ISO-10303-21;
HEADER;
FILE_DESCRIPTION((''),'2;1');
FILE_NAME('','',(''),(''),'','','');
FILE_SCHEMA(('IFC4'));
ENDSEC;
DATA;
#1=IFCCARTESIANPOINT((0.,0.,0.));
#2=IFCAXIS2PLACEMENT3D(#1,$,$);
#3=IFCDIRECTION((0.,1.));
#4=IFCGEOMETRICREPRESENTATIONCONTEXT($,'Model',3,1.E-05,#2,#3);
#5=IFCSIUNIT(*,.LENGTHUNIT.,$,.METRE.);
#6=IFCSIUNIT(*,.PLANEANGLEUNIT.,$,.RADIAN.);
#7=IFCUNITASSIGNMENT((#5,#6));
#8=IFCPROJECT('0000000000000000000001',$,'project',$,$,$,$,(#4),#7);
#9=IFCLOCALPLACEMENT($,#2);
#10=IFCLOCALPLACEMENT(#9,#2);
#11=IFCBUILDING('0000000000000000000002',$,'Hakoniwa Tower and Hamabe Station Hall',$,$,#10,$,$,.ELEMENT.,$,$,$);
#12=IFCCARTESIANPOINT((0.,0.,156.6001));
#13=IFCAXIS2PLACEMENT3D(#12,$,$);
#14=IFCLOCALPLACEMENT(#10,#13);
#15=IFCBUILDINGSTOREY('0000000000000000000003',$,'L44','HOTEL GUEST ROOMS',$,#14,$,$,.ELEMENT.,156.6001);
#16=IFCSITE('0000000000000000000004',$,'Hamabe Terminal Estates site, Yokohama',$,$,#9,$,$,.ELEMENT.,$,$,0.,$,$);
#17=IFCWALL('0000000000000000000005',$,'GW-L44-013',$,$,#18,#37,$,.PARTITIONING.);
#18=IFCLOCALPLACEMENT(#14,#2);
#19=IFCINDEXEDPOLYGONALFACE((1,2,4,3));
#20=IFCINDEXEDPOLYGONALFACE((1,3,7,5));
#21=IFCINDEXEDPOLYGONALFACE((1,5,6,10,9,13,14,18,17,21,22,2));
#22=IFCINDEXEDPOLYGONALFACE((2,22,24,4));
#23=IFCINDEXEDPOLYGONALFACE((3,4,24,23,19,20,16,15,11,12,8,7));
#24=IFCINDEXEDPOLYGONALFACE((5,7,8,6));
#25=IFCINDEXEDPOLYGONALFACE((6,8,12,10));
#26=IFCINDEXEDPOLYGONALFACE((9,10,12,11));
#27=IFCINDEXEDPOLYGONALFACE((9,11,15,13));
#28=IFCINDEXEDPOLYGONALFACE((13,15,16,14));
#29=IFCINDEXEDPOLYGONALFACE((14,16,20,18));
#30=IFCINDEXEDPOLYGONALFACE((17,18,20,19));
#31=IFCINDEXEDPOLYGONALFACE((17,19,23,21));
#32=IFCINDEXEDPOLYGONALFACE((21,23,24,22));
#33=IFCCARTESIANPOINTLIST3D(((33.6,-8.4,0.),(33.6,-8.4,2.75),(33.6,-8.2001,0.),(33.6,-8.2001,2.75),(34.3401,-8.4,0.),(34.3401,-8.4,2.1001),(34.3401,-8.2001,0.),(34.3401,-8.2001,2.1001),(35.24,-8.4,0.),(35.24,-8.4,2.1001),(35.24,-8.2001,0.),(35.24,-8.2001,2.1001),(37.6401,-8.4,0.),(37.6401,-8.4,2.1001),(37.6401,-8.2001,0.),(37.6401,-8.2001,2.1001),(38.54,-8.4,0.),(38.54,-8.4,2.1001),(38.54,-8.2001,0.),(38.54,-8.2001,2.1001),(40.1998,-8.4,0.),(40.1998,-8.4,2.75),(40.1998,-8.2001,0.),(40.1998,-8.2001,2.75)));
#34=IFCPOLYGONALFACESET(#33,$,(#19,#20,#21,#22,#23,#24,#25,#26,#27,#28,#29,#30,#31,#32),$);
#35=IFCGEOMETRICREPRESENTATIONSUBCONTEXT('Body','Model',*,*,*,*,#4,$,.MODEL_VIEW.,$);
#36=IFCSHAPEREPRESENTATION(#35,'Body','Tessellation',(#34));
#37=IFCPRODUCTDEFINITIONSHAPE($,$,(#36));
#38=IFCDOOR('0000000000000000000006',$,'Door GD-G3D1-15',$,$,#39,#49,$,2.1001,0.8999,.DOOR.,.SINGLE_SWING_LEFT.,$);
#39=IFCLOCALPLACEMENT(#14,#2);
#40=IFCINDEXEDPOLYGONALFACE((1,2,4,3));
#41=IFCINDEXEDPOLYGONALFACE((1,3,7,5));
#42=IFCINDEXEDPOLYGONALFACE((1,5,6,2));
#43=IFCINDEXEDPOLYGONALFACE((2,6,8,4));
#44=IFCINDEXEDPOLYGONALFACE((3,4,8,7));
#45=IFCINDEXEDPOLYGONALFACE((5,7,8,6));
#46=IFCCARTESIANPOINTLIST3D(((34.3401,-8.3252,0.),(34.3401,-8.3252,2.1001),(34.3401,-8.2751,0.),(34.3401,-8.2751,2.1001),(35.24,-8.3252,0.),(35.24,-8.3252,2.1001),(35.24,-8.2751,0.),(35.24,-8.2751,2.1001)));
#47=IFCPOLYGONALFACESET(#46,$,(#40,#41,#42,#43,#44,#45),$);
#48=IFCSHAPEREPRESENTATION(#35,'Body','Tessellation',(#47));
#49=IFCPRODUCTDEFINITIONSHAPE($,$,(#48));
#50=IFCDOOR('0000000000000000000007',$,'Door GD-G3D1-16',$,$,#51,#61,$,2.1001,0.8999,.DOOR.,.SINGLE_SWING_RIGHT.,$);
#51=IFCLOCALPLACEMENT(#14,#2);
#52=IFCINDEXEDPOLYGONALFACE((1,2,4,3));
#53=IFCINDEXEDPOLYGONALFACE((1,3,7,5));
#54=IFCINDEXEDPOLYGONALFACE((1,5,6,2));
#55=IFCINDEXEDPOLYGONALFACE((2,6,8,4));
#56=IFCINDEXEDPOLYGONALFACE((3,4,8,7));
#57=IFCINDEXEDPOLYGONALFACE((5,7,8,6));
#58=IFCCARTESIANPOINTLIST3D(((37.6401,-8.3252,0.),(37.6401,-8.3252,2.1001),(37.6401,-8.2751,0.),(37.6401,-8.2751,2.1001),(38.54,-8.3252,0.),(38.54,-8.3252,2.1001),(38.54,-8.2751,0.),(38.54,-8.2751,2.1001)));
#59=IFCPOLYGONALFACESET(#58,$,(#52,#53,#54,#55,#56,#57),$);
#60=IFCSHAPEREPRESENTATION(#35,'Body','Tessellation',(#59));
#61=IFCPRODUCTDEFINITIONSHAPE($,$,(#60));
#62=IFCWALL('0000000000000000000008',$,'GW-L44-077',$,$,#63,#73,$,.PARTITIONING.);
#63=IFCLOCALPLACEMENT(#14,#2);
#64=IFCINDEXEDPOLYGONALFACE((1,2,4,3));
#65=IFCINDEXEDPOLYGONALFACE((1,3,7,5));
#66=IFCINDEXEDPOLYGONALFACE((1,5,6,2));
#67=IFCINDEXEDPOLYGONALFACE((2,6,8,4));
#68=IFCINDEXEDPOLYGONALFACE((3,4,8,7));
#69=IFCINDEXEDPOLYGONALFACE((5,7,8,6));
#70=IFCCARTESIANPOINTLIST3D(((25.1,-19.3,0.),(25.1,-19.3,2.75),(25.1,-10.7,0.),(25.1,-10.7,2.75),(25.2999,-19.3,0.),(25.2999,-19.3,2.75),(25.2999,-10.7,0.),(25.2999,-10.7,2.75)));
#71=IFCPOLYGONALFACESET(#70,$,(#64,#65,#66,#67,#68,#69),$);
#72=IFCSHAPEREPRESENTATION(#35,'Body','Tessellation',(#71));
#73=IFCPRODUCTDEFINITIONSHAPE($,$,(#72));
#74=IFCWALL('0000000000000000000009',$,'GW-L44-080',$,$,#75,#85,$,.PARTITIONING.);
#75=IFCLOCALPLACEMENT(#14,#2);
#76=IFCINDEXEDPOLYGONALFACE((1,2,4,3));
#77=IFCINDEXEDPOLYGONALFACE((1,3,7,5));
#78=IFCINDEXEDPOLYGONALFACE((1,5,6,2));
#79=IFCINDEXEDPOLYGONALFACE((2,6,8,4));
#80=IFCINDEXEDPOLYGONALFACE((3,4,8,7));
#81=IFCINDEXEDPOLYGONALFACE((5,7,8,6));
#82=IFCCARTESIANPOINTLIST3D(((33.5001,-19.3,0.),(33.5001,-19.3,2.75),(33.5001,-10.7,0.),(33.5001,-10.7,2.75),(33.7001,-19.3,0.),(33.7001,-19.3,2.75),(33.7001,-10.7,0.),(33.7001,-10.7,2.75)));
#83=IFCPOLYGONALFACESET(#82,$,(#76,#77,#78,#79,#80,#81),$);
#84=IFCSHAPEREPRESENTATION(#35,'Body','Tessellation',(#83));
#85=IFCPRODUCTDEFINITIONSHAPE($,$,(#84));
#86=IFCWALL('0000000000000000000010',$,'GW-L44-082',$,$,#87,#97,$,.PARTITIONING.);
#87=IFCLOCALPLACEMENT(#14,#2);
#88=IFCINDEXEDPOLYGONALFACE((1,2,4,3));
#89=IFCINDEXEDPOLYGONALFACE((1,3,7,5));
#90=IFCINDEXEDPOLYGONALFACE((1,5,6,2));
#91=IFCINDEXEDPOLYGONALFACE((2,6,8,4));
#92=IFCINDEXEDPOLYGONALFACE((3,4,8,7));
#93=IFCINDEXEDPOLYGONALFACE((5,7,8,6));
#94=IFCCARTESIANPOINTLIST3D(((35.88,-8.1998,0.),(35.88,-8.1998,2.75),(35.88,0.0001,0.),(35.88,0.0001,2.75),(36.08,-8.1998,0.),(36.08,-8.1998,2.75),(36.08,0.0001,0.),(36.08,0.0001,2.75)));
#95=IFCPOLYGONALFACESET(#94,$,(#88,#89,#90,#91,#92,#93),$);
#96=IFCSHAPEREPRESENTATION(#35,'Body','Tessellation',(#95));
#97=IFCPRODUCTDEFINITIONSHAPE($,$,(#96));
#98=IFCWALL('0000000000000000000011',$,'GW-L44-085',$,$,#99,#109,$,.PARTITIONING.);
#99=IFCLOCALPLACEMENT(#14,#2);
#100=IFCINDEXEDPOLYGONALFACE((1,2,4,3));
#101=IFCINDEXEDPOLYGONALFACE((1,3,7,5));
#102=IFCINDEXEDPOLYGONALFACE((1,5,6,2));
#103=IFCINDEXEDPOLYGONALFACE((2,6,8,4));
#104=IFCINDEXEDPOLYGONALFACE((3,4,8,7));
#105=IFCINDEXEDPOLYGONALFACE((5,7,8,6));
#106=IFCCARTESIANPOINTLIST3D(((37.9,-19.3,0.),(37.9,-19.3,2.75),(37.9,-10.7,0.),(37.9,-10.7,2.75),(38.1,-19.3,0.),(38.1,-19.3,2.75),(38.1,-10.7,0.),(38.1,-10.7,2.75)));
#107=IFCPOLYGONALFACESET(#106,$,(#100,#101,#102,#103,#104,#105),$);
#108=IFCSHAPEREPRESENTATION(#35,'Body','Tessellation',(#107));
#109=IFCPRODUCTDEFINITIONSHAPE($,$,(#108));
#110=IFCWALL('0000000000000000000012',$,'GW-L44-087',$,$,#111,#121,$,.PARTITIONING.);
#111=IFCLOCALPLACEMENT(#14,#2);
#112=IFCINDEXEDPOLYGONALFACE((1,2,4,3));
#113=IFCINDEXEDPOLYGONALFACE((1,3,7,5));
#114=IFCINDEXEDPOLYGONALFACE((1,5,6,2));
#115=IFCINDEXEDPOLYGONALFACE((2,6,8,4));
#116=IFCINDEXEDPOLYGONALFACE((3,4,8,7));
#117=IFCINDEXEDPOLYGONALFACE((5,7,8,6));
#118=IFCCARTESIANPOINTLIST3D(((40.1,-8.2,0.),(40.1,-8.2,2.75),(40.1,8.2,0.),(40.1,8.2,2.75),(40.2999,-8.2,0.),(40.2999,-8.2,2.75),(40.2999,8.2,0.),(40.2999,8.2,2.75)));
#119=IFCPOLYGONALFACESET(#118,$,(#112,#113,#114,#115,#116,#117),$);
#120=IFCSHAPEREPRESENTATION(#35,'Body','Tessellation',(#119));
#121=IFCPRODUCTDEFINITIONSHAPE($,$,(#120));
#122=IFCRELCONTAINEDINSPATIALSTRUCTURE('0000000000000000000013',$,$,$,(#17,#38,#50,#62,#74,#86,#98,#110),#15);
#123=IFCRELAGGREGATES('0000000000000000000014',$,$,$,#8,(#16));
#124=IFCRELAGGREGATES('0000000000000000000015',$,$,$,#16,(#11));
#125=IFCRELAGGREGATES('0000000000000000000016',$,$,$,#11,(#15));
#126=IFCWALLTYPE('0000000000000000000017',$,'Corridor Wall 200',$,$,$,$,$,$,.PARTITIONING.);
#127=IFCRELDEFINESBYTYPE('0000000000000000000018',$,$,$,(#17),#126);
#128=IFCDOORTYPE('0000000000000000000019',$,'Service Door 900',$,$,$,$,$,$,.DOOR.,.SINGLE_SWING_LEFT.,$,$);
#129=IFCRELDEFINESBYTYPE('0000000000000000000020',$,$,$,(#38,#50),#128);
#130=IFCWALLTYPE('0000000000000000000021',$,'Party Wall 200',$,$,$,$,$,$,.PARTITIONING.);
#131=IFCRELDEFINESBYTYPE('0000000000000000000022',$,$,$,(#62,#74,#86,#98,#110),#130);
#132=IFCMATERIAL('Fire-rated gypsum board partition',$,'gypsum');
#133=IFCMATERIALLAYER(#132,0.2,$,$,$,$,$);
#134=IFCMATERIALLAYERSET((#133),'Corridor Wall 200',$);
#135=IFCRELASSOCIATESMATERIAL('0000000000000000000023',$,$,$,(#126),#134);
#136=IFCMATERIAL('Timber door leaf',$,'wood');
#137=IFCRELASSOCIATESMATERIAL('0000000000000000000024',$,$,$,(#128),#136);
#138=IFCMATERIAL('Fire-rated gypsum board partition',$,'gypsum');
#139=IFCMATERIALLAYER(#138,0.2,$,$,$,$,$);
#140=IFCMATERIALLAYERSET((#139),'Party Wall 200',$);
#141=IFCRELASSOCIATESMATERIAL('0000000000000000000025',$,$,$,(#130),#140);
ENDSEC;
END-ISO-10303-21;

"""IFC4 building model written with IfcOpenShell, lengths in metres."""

from ifc_helpers import new_model, si_unit, direction, frame, frame_2d, origin, place, context, subcontext, project, spatial, rectangle, extrude, material, layer, layer_set, type_object, element, fill, save


model = new_model("IFC4")

# Units and contexts
model_context = context("Model", 3, precision=1e-05, world=origin(), true_north=direction((0.0, 1.0)))
body_context = subcontext(model_context, "Body", "Model", "MODEL_VIEW")
ifc_project = project(units=[si_unit("LENGTHUNIT", "METRE"), si_unit("PLANEANGLEUNIT", "RADIAN")], contexts=[model_context])

# Site, building, storey
site_placement = place(None, origin())
site = spatial("IfcSite", under=ifc_project, at=site_placement, Name="Hamabe Terminal Estates site, Yokohama", CompositionType="ELEMENT", RefElevation=0.0)
building_placement = place(site_placement, origin())
building = spatial("IfcBuilding", under=site, at=building_placement, Name="Hakoniwa Tower and Hamabe Station Hall", CompositionType="ELEMENT")
storey_placement = place(building_placement, frame((0.0, 0.0, 156.6001)))
storey = spatial("IfcBuildingStorey", under=building, at=storey_placement, Name="L44", Description="HOTEL GUEST ROOMS", CompositionType="ELEMENT", Elevation=156.6001)

# Wall, openings, doors
ifc_material_1 = material(Name="Fire-rated gypsum board partition", Category="gypsum")
ifc_layer_1 = layer(ifc_material_1, 0.2)
ifc_layer_set_1 = layer_set([ifc_layer_1], Name="Corridor Wall 200")
wall_type_1 = type_object("IfcWallType", Name="Corridor Wall 200", PredefinedType="PARTITIONING", material=ifc_layer_set_1)
wall_1_placement = place(storey_placement, frame((33.6001, -8.3, 0.0), z_axis=(0.0, 0.0, 1.0), x_axis=(1.0, 0.0, 0.0)))
wall_1 = element("IfcWall", 1, at=wall_1_placement, inside=storey, type_object=wall_type_1, Name="GW-L44-013", PredefinedType="PARTITIONING", context=body_context, shape_type="SweptSolid", body=[
    extrude(rectangle(XDim=6.5999, YDim=0.2, at=frame_2d((3.2998, 0.0))), origin(), (0.0, 0.0, 1.0), 2.75),
])
opening_1_placement = place(wall_1_placement, frame((0.74, 0.0, 0.0)))
opening_1 = element("IfcOpeningElement", 2, at=opening_1_placement, cuts=wall_1, PredefinedType="OPENING", context=body_context, shape_type="SweptSolid", body=[
    extrude(rectangle(XDim=0.8999, YDim=2.1001, at=frame_2d((0.45, 1.05))), frame((0.0, 0.1099, 0.0), z_axis=(0.0, -1.0, 0.0), x_axis=(1.0, 0.0, 0.0)), (0.0, 0.0, 1.0), 0.22),
])
opening_2_placement = place(wall_1_placement, frame((4.04, 0.0, 0.0)))
opening_2 = element("IfcOpeningElement", 3, at=opening_2_placement, cuts=wall_1, PredefinedType="OPENING", context=body_context, shape_type="SweptSolid", body=[
    extrude(rectangle(XDim=0.8999, YDim=2.1001, at=frame_2d((0.45, 1.05))), frame((0.0, 0.1099, 0.0), z_axis=(0.0, -1.0, 0.0), x_axis=(1.0, 0.0, 0.0)), (0.0, 0.0, 1.0), 0.22),
])
ifc_material_2 = material(Name="Timber door leaf", Category="wood")
door_type_1 = type_object("IfcDoorType", Name="Service Door 900", OperationType="SINGLE_SWING_LEFT", PredefinedType="DOOR", material=ifc_material_2)
door_1_placement = place(opening_1_placement, origin())
door_1 = element("IfcDoor", 4, at=door_1_placement, inside=storey, type_object=door_type_1, Name="Door GD-G3D1-15", OperationType="SINGLE_SWING_LEFT", OverallHeight=2.1001, OverallWidth=0.8999, PredefinedType="DOOR", context=body_context, shape_type="SweptSolid", body=[
    extrude(rectangle(XDim=0.8999, YDim=2.1001, at=frame_2d((0.45, 1.05))), frame((0.0, 0.0249, 0.0), z_axis=(0.0, -1.0, 0.0), x_axis=(1.0, 0.0, 0.0)), (0.0, 0.0, 1.0), 0.05),
])
fill(opening_1, door_1)
door_2_placement = place(opening_2_placement, origin())
door_2 = element("IfcDoor", 5, at=door_2_placement, inside=storey, type_object=door_type_1, Name="Door GD-G3D1-16", OperationType="SINGLE_SWING_RIGHT", OverallHeight=2.1001, OverallWidth=0.8999, PredefinedType="DOOR", context=body_context, shape_type="SweptSolid", body=[
    extrude(rectangle(XDim=0.8999, YDim=2.1001, at=frame_2d((0.45, 1.05))), frame((0.0, 0.0249, 0.0), z_axis=(0.0, -1.0, 0.0), x_axis=(1.0, 0.0, 0.0)), (0.0, 0.0, 1.0), 0.05),
])
fill(opening_2, door_2)

# Walls
ifc_material_3 = material(Name="Fire-rated gypsum board partition", Category="gypsum")
ifc_layer_2 = layer(ifc_material_3, 0.2)
ifc_layer_set_2 = layer_set([ifc_layer_2], Name="Party Wall 200")
wall_type_2 = type_object("IfcWallType", Name="Party Wall 200", PredefinedType="PARTITIONING", material=ifc_layer_set_2)
for number, where, z_axis, x_axis, name in (
    (6, (25.2, -19.3, 0.0), (0.0, 0.0, 1.0), (0.0, 1.0, 0.0), "GW-L44-077"),
    (7, (33.6001, -19.3, 0.0), (0.0, 0.0, 1.0), (0.0, 1.0, 0.0), "GW-L44-080"),
):
    element("IfcWall", number, at=place(storey_placement, frame(where, z_axis=z_axis, x_axis=x_axis)), inside=storey, type_object=wall_type_2, Name=name, PredefinedType="PARTITIONING", context=body_context, shape_type="SweptSolid", body=[
        extrude(rectangle(XDim=8.6001, YDim=0.2, at=frame_2d((4.3, 0.0))), origin(), (0.0, 0.0, 1.0), 2.75),
    ])
wall_2_placement = place(storey_placement, frame((35.98, -8.2, 0.0), z_axis=(0.0, 0.0, 1.0), x_axis=(0.0, 1.0, 0.0)))
element("IfcWall", 8, at=wall_2_placement, inside=storey, type_object=wall_type_2, Name="GW-L44-082", PredefinedType="PARTITIONING", context=body_context, shape_type="SweptSolid", body=[
    extrude(rectangle(XDim=8.2, YDim=0.2, at=frame_2d((4.1001, 0.0))), origin(), (0.0, 0.0, 1.0), 2.75),
])
wall_3_placement = place(storey_placement, frame((38.0, -19.3, 0.0), z_axis=(0.0, 0.0, 1.0), x_axis=(0.0, 1.0, 0.0)))
element("IfcWall", 9, at=wall_3_placement, inside=storey, type_object=wall_type_2, Name="GW-L44-085", PredefinedType="PARTITIONING", context=body_context, shape_type="SweptSolid", body=[
    extrude(rectangle(XDim=8.6001, YDim=0.2, at=frame_2d((4.3, 0.0))), origin(), (0.0, 0.0, 1.0), 2.75),
])
wall_4_placement = place(storey_placement, frame((40.2, -8.2, 0.0), z_axis=(0.0, 0.0, 1.0), x_axis=(0.0, 1.0, 0.0)))
element("IfcWall", 10, at=wall_4_placement, inside=storey, type_object=wall_type_2, Name="GW-L44-087", PredefinedType="PARTITIONING", context=body_context, shape_type="SweptSolid", body=[
    extrude(rectangle(XDim=16.3999, YDim=0.2, at=frame_2d((8.2, 0.0))), origin(), (0.0, 0.0, 1.0), 2.75),
])

save(model, "model.ifc")
